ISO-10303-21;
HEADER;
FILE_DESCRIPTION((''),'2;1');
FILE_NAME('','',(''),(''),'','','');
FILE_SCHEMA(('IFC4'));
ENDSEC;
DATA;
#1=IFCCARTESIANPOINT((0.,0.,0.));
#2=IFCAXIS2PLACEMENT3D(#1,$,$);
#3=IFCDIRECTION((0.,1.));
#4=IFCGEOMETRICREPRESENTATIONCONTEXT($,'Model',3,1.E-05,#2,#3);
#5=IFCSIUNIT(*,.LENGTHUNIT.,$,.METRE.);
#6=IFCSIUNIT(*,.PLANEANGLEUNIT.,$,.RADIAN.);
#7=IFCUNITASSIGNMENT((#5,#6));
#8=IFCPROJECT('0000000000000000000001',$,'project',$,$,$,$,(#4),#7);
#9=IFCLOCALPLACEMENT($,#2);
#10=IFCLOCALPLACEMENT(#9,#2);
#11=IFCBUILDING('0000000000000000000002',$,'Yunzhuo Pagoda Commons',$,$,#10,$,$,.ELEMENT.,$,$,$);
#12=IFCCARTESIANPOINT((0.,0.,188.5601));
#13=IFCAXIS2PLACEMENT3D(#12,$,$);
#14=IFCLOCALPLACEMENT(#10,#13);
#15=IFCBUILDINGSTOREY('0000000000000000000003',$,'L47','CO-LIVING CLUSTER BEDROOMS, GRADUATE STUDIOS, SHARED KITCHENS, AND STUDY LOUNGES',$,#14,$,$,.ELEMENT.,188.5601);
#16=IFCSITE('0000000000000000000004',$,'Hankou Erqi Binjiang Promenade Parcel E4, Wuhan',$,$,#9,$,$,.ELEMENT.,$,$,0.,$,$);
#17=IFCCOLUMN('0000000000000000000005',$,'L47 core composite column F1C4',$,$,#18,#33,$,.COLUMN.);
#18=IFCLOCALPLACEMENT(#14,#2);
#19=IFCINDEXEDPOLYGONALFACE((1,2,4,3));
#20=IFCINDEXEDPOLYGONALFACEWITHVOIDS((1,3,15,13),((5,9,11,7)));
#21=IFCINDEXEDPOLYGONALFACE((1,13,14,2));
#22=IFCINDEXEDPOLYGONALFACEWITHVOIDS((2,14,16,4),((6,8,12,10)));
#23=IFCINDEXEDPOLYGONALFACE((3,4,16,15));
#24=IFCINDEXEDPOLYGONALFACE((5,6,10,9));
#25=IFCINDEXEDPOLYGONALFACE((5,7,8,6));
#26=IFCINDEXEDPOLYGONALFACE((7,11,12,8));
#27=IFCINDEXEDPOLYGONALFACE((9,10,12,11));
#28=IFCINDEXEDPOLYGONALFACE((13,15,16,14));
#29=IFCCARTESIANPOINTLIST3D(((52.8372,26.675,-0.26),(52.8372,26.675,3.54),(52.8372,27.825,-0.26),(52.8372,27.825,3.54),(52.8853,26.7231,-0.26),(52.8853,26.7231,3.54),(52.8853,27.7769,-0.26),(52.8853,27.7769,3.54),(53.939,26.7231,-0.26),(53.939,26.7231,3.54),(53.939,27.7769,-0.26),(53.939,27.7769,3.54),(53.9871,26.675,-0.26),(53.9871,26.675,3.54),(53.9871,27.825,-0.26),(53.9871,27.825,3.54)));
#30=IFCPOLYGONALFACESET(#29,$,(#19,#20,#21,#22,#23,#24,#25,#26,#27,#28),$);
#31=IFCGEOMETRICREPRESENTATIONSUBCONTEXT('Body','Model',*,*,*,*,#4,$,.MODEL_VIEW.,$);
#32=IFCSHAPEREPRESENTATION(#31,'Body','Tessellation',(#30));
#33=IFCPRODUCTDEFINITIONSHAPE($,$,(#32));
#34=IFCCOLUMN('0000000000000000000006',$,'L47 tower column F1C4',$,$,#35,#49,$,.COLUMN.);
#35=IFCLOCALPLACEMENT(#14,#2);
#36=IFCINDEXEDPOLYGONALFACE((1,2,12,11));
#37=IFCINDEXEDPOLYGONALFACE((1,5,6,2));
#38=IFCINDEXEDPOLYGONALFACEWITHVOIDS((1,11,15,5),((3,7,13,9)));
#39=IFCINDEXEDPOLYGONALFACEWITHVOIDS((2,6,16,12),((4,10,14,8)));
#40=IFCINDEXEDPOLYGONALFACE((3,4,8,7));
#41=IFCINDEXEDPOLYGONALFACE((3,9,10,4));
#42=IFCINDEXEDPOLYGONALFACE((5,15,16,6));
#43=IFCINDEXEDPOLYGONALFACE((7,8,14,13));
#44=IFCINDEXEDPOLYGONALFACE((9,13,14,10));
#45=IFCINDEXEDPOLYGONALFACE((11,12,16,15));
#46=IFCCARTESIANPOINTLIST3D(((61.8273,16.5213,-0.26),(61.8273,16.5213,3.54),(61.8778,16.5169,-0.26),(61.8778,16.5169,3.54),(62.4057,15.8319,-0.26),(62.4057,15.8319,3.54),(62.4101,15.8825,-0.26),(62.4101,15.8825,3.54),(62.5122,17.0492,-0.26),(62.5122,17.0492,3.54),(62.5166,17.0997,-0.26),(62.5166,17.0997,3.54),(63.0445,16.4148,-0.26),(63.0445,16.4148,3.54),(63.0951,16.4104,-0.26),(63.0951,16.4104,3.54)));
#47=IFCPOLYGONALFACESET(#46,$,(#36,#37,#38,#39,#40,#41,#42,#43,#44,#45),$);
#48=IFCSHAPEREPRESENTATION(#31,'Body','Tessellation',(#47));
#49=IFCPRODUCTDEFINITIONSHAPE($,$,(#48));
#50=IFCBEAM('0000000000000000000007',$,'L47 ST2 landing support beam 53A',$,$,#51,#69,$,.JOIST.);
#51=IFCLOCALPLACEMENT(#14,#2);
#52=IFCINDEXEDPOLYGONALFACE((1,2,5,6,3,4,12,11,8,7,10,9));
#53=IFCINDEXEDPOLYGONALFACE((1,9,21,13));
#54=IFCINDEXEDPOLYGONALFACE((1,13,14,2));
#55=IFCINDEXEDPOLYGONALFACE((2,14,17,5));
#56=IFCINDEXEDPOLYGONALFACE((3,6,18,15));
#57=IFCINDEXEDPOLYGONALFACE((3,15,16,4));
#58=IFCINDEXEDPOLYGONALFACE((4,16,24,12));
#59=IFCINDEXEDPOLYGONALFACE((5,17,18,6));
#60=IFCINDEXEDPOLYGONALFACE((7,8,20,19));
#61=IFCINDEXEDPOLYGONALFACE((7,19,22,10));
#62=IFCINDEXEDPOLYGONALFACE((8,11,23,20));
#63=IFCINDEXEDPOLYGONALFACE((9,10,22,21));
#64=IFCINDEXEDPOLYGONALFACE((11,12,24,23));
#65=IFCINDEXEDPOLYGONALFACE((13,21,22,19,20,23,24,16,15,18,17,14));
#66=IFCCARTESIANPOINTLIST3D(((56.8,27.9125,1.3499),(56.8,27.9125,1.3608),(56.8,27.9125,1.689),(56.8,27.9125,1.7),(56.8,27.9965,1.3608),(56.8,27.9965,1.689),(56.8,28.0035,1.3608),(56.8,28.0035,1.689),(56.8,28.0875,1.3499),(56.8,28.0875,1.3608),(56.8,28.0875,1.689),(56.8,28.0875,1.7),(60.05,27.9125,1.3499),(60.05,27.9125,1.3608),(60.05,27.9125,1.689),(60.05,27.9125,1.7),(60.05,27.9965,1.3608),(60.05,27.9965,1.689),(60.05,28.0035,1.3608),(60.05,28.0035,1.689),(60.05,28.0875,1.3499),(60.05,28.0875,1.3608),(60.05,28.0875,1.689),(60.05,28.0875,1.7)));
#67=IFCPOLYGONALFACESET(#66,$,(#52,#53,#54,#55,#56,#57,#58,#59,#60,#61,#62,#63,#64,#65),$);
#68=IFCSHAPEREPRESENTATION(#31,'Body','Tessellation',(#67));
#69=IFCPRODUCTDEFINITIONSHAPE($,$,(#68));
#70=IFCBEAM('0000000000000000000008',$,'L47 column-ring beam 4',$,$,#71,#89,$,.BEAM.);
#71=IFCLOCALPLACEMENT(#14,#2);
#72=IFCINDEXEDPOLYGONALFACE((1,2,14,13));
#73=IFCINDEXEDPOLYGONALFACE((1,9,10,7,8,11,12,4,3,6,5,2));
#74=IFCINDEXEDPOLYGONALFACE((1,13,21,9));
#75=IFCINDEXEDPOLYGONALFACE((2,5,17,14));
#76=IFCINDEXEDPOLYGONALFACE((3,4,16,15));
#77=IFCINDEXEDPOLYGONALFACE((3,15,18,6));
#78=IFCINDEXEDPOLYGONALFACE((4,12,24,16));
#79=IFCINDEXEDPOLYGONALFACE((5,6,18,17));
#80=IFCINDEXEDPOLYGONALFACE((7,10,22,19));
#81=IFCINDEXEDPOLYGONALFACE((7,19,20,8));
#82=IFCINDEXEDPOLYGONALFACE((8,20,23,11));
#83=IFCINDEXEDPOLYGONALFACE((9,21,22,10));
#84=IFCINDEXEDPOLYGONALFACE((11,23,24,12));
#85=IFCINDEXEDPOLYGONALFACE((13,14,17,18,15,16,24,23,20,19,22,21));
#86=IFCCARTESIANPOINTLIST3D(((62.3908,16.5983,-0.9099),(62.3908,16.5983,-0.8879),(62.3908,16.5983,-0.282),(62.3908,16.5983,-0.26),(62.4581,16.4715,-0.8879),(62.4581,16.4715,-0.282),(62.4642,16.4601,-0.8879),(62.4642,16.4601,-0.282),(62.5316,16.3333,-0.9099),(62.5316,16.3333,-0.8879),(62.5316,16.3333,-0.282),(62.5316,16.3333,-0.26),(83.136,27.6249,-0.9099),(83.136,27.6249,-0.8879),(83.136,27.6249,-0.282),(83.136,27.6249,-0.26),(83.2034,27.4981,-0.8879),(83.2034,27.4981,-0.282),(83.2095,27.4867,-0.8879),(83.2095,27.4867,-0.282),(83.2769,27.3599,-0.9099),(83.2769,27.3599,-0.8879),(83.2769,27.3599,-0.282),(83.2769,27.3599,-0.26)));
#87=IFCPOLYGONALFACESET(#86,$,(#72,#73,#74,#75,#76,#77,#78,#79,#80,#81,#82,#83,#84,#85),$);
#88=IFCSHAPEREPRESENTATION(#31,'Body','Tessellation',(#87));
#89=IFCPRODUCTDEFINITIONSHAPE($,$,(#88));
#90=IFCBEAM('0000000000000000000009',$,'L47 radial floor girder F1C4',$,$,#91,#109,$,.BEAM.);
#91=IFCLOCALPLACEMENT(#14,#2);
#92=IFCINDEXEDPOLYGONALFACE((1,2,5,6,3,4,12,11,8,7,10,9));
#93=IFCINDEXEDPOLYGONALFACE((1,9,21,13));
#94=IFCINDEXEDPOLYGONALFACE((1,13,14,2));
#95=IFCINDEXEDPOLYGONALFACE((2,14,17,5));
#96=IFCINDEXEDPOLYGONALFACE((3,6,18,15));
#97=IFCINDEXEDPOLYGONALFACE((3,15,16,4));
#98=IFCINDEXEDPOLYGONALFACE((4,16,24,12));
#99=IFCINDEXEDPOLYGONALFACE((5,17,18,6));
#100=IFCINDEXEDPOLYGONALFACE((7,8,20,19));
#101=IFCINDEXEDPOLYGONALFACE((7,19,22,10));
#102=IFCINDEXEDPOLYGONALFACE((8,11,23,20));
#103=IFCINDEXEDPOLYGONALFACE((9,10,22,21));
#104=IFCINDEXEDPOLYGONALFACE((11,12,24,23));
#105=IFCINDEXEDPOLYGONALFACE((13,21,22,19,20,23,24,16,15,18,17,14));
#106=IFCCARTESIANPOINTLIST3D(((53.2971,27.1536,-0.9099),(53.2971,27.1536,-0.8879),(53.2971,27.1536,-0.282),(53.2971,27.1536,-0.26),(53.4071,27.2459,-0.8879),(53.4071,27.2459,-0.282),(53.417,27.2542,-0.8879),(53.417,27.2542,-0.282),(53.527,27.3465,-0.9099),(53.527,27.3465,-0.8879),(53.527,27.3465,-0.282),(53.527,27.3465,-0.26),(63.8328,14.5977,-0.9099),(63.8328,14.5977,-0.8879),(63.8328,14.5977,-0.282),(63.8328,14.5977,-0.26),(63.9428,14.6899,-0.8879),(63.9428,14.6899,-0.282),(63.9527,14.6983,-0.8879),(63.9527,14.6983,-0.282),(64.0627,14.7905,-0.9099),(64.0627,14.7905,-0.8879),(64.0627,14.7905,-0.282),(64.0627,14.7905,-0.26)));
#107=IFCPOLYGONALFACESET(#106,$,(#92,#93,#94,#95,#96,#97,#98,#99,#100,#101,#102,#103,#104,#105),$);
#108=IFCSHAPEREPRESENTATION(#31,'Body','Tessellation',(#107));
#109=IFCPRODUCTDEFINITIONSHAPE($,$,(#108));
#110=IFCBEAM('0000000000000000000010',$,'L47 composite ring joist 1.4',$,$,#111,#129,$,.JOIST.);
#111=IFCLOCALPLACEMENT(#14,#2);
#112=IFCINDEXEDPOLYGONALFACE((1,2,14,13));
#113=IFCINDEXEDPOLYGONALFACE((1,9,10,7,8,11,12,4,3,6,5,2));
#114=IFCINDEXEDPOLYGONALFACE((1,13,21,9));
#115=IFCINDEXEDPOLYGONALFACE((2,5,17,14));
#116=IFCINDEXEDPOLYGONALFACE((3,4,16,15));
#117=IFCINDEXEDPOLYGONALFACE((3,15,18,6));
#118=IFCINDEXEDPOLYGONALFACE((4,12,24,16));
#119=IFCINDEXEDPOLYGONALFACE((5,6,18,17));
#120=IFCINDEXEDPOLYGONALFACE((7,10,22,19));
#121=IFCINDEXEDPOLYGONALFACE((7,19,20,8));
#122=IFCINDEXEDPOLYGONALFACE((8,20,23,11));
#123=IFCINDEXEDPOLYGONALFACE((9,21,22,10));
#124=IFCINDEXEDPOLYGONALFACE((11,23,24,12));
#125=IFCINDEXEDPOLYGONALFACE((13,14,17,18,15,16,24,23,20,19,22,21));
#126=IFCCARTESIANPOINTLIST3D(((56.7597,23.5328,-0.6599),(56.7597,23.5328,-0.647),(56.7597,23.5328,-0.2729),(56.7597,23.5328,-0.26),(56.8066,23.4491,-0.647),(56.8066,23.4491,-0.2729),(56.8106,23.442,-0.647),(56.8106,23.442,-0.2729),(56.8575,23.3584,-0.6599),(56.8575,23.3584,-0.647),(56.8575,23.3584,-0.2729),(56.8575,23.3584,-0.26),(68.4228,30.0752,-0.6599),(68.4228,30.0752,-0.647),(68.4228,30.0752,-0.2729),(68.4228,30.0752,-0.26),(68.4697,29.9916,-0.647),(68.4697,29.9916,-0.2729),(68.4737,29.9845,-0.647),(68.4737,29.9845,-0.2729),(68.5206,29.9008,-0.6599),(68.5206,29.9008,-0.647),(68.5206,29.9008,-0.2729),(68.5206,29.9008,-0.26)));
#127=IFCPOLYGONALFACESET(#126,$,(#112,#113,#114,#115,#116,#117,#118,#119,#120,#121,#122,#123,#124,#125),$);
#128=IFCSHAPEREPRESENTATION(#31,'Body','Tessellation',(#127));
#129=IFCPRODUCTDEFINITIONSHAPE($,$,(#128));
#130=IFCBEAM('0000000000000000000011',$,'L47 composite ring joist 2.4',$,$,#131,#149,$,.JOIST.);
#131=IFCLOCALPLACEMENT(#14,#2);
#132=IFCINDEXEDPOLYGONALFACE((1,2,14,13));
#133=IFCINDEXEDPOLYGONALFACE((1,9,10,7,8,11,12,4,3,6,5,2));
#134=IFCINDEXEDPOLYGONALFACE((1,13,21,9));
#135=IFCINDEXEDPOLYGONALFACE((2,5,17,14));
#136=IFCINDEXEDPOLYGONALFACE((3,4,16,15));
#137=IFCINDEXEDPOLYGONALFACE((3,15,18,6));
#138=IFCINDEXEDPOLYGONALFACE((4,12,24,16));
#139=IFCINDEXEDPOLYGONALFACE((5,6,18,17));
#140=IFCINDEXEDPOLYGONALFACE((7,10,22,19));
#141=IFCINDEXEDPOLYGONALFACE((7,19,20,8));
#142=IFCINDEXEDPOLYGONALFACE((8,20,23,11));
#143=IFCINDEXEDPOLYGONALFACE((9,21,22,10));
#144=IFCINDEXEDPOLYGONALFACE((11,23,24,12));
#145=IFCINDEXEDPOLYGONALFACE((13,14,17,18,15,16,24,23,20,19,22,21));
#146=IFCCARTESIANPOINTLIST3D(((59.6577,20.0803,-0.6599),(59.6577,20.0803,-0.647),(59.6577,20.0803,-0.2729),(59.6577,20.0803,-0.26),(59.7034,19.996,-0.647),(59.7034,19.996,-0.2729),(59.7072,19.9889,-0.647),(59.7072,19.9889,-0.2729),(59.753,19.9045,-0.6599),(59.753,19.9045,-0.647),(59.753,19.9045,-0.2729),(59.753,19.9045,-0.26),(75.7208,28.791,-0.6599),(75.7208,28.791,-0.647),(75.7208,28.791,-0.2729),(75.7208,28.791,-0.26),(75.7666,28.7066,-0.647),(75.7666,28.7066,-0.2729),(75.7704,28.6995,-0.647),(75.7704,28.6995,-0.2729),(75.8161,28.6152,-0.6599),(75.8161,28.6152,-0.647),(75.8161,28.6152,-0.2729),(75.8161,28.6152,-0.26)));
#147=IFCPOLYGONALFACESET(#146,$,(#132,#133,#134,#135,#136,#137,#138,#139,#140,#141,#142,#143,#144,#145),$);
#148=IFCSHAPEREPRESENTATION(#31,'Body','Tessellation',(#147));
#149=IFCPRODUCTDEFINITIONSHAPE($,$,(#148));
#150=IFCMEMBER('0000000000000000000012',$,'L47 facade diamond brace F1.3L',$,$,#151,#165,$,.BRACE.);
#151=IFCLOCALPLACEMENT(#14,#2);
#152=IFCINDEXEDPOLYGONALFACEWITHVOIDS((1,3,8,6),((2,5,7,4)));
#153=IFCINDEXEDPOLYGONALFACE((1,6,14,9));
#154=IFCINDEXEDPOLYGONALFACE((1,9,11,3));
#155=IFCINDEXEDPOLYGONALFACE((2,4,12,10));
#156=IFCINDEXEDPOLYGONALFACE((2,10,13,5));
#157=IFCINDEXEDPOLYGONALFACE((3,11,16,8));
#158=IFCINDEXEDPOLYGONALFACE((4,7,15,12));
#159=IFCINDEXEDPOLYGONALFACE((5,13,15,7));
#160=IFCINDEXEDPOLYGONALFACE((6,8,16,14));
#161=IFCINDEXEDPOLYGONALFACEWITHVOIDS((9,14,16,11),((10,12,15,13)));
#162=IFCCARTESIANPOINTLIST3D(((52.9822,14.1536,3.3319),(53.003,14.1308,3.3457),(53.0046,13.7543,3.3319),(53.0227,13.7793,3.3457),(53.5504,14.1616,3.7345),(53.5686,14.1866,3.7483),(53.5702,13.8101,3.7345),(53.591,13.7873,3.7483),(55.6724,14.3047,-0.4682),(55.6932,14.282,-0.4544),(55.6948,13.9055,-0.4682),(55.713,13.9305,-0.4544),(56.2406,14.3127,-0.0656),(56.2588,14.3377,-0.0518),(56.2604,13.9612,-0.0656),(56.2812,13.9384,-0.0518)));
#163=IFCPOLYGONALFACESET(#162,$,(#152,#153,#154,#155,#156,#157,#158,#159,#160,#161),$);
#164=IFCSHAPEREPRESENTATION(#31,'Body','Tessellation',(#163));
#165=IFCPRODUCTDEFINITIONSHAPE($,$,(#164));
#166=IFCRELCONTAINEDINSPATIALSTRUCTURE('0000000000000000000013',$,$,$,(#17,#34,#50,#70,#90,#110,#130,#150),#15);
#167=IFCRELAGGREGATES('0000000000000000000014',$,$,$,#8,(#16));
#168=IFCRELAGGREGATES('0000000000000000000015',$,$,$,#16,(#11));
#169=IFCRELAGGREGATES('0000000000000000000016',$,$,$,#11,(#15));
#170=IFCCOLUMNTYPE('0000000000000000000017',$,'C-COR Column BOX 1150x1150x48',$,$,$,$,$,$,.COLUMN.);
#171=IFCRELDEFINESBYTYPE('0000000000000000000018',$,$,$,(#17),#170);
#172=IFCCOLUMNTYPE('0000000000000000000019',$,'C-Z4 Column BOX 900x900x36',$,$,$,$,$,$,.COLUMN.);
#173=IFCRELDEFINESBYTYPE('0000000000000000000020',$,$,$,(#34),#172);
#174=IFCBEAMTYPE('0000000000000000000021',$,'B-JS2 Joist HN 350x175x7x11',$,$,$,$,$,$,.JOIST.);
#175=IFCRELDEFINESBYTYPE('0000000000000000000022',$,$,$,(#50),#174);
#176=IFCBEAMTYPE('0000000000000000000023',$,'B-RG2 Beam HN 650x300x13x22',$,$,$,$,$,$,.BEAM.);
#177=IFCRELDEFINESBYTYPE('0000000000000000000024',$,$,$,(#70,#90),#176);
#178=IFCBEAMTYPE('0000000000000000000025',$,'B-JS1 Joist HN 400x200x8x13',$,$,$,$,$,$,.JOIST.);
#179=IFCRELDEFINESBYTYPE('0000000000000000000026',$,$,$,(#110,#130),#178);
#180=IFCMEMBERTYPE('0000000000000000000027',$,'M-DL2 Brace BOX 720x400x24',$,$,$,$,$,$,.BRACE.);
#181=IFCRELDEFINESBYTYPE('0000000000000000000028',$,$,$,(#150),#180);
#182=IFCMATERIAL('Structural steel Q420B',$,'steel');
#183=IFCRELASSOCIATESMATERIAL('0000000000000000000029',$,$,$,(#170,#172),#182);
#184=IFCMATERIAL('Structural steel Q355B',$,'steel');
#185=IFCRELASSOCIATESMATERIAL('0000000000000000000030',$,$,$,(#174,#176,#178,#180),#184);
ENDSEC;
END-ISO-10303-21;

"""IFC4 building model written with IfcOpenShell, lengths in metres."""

from ifc_helpers import new_model, si_unit, direction, frame, origin, origin_2d, place, context, subcontext, project, spatial, hollow_rectangle, i_section, extrude, source, transform, mapped, material, material_profile, profile_set, type_object, element, save


model = new_model("IFC4")

# Units and contexts
model_context = context("Model", 3, precision=1e-05, world=origin(), true_north=direction((0.0, 1.0)))
body_context = subcontext(model_context, "Body", "Model", "MODEL_VIEW")
ifc_project = project(units=[si_unit("LENGTHUNIT", "METRE"), si_unit("PLANEANGLEUNIT", "RADIAN")], contexts=[model_context])

# Site, building, storey
site_placement = place(None, origin())
site = spatial("IfcSite", under=ifc_project, at=site_placement, Name="Hankou Erqi Binjiang Promenade Parcel E4, Wuhan", CompositionType="ELEMENT", RefElevation=0.0)
building_placement = place(site_placement, origin())
building = spatial("IfcBuilding", under=site, at=building_placement, Name="Yunzhuo Pagoda Commons", CompositionType="ELEMENT")
storey_placement = place(building_placement, frame((0.0, 0.0, 188.5601)))
storey = spatial("IfcBuildingStorey", under=building, at=storey_placement, Name="L47", Description="CO-LIVING CLUSTER BEDROOMS, GRADUATE STUDIOS, SHARED KITCHENS, AND STUDY LOUNGES", CompositionType="ELEMENT", Elevation=188.5601)

# Columns
ifc_material_1 = material(Name="Structural steel Q420B", Category="steel")
ifc_material_profile_1 = material_profile(ifc_material_1, hollow_rectangle(XDim=1.1499, YDim=1.1499, WallThickness=0.0481, at=origin_2d()), Name="Structural steel Q420B")
ifc_profile_set_1 = profile_set([ifc_material_profile_1], Name="Structural steel Q420B")
column_type_1 = type_object("IfcColumnType", Name="C-COR Column BOX 1150x1150x48", PredefinedType="COLUMN", material=ifc_profile_set_1)
shared_shape_1 = source(origin(), body_context, "Body", "SweptSolid", [
    extrude(hollow_rectangle(XDim=1.1499, YDim=1.1499, WallThickness=0.0481, at=origin_2d()), origin(), (0.0, 0.0, 1.0), 3.8),
])
column_1_placement = place(storey_placement, frame((53.4121, 27.25, -0.26), z_axis=(0.0, 0.0, 1.0), x_axis=(1.0, 0.0, 0.0)))
element("IfcColumn", 1, at=column_1_placement, inside=storey, type_object=column_type_1, Name="L47 core composite column F1C4", PredefinedType="COLUMN", context=body_context, shape_type="MappedRepresentation", body=[
    mapped(shared_shape_1, transform((0.0, 0.0, 0.0), scale=1.0)),
])
ifc_material_profile_2 = material_profile(ifc_material_1, hollow_rectangle(XDim=0.8999, YDim=0.8999, WallThickness=0.0359, at=origin_2d()), Name="Structural steel Q420B")
ifc_profile_set_2 = profile_set([ifc_material_profile_2], Name="Structural steel Q420B")
column_type_2 = type_object("IfcColumnType", Name="C-Z4 Column BOX 900x900x36", PredefinedType="COLUMN", material=ifc_profile_set_2)
shared_shape_2 = source(origin(), body_context, "Body", "SweptSolid", [
    extrude(hollow_rectangle(XDim=0.8999, YDim=0.8999, WallThickness=0.0359, at=origin_2d()), origin(), (0.0, 0.0, 1.0), 3.8),
])
column_2_placement = place(storey_placement, frame((62.4612, 16.4658, -0.26), z_axis=(0.0, 0.0, 1.0), x_axis=(0.766044, 0.642788, 0.0)))
element("IfcColumn", 2, at=column_2_placement, inside=storey, type_object=column_type_2, Name="L47 tower column F1C4", PredefinedType="COLUMN", context=body_context, shape_type="MappedRepresentation", body=[
    mapped(shared_shape_2, transform((0.0, 0.0, 0.0), scale=1.0)),
])

# Beams
ifc_material_2 = material(Name="Structural steel Q355B", Category="steel")
ifc_material_profile_3 = material_profile(ifc_material_2, i_section(OverallWidth=0.175, OverallDepth=0.3501, WebThickness=0.0071, FlangeThickness=0.011, at=origin_2d()), Name="Structural steel Q355B")
ifc_profile_set_3 = profile_set([ifc_material_profile_3], Name="Structural steel Q355B")
beam_type_1 = type_object("IfcBeamType", Name="B-JS2 Joist HN 350x175x7x11", PredefinedType="JOIST", material=ifc_profile_set_3)
shared_shape_3 = source(origin(), body_context, "Body", "SweptSolid", [
    extrude(i_section(OverallWidth=0.175, OverallDepth=0.3501, WebThickness=0.0071, FlangeThickness=0.011, at=origin_2d()), origin(), (0.0, 0.0, 1.0), 3.25),
])
beam_1_placement = place(storey_placement, frame((56.8, 28.0, 1.5249), z_axis=(1.0, 0.0, 0.0), x_axis=(0.0, 1.0, 0.0)))
element("IfcBeam", 3, at=beam_1_placement, inside=storey, type_object=beam_type_1, Name="L47 ST2 landing support beam 53A", PredefinedType="JOIST", context=body_context, shape_type="MappedRepresentation", body=[
    mapped(shared_shape_3, transform((0.0, 0.0, 0.0), scale=1.0)),
])
ifc_material_profile_4 = material_profile(ifc_material_2, i_section(OverallWidth=0.3, OverallDepth=0.6499, WebThickness=0.0129, FlangeThickness=0.022, at=origin_2d()), Name="Structural steel Q355B")
ifc_profile_set_4 = profile_set([ifc_material_profile_4], Name="Structural steel Q355B")
beam_type_2 = type_object("IfcBeamType", Name="B-RG2 Beam HN 650x300x13x22", PredefinedType="BEAM", material=ifc_profile_set_4)
shared_shape_4 = source(origin(), body_context, "Body", "SweptSolid", [
    extrude(i_section(OverallWidth=0.3, OverallDepth=0.6499, WebThickness=0.0129, FlangeThickness=0.022, at=origin_2d()), origin(), (0.0, 0.0, 1.0), 23.4937),
])
beam_2_placement = place(storey_placement, frame((62.4612, 16.4658, -0.585), z_axis=(0.883016, 0.469342, 0.0), x_axis=(-0.469342, 0.883016, 0.0)))
element("IfcBeam", 4, at=beam_2_placement, inside=storey, type_object=beam_type_2, Name="L47 column-ring beam 4", PredefinedType="BEAM", context=body_context, shape_type="MappedRepresentation", body=[
    mapped(shared_shape_4, transform((0.0, 0.0, 0.0), scale=1.0)),
])
shared_shape_5 = source(origin(), body_context, "Body", "SweptSolid", [
    extrude(i_section(OverallWidth=0.3, OverallDepth=0.6499, WebThickness=0.0129, FlangeThickness=0.022, at=origin_2d()), origin(), (0.0, 0.0, 1.0), 16.3906),
])
beam_3_placement = place(storey_placement, frame((63.9478, 14.6941, -0.585), z_axis=(-0.642787, 0.766045, 0.0), x_axis=(-0.766045, -0.642787, 0.0)))
element("IfcBeam", 5, at=beam_3_placement, inside=storey, type_object=beam_type_2, Name="L47 radial floor girder F1C4", PredefinedType="BEAM", context=body_context, shape_type="MappedRepresentation", body=[
    mapped(shared_shape_5, transform((0.0, 0.0, 0.0), scale=1.0)),
])
ifc_material_profile_5 = material_profile(ifc_material_2, i_section(OverallWidth=0.2, OverallDepth=0.3999, WebThickness=0.0081, FlangeThickness=0.0129, at=origin_2d()), Name="Structural steel Q355B")
ifc_profile_set_5 = profile_set([ifc_material_profile_5], Name="Structural steel Q355B")
beam_type_3 = type_object("IfcBeamType", Name="B-JS1 Joist HN 400x200x8x13", PredefinedType="JOIST", material=ifc_profile_set_5)
shared_shape_6 = source(origin(), body_context, "Body", "SweptSolid", [
    extrude(i_section(OverallWidth=0.2, OverallDepth=0.3999, WebThickness=0.0081, FlangeThickness=0.0129, at=origin_2d()), origin(), (0.0, 0.0, 1.0), 13.3728),
])
beam_4_placement = place(storey_placement, frame((56.8086, 23.4456, -0.46), z_axis=(0.87215, 0.489238, 0.0), x_axis=(-0.489238, 0.87215, 0.0)))
element("IfcBeam", 6, at=beam_4_placement, inside=storey, type_object=beam_type_3, Name="L47 composite ring joist 1.4", PredefinedType="JOIST", context=body_context, shape_type="MappedRepresentation", body=[
    mapped(shared_shape_6, transform((0.0, 0.0, 0.0), scale=1.0)),
])
shared_shape_7 = source(origin(), body_context, "Body", "SweptSolid", [
    extrude(i_section(OverallWidth=0.2, OverallDepth=0.3999, WebThickness=0.0081, FlangeThickness=0.0129, at=origin_2d()), origin(), (0.0, 0.0, 1.0), 18.2729),
])
beam_5_placement = place(storey_placement, frame((59.7053, 19.9924, -0.46), z_axis=(0.879068, 0.476697, 0.0), x_axis=(-0.476697, 0.879068, 0.0)))
element("IfcBeam", 7, at=beam_5_placement, inside=storey, type_object=beam_type_3, Name="L47 composite ring joist 2.4", PredefinedType="JOIST", context=body_context, shape_type="MappedRepresentation", body=[
    mapped(shared_shape_7, transform((0.0, 0.0, 0.0), scale=1.0)),
])

# Member
ifc_material_profile_6 = material_profile(ifc_material_2, hollow_rectangle(XDim=0.3999, YDim=0.72, WallThickness=0.0239, at=origin_2d()), Name="Structural steel Q355B")
ifc_profile_set_6 = profile_set([ifc_material_profile_6], Name="Structural steel Q355B")
member_type = type_object("IfcMemberType", Name="M-DL2 Brace BOX 720x400x24", PredefinedType="BRACE", material=ifc_profile_set_6)
shared_shape_8 = source(origin(), body_context, "Body", "SweptSolid", [
    extrude(hollow_rectangle(XDim=0.3999, YDim=0.72, WallThickness=0.0239, at=origin_2d()), origin(), (0.0, 0.0, 1.0), 4.6584),
])
for number, where, z_axis, x_axis, name in (
    (8, (55.9768, 14.1216, -0.26), (-0.577496, -0.032441, 0.815748), (0.056087, -0.998426, 0.0), "L47 facade diamond brace F1.3L"),
):
    element("IfcMember", number, at=place(storey_placement, frame(where, z_axis=z_axis, x_axis=x_axis)), inside=storey, type_object=member_type, Name=name, PredefinedType="BRACE", context=body_context, shape_type="MappedRepresentation", body=[
        mapped(shared_shape_8, transform((0.0, 0.0, 0.0), scale=1.0)),
    ])

save(model, "model.ifc")
